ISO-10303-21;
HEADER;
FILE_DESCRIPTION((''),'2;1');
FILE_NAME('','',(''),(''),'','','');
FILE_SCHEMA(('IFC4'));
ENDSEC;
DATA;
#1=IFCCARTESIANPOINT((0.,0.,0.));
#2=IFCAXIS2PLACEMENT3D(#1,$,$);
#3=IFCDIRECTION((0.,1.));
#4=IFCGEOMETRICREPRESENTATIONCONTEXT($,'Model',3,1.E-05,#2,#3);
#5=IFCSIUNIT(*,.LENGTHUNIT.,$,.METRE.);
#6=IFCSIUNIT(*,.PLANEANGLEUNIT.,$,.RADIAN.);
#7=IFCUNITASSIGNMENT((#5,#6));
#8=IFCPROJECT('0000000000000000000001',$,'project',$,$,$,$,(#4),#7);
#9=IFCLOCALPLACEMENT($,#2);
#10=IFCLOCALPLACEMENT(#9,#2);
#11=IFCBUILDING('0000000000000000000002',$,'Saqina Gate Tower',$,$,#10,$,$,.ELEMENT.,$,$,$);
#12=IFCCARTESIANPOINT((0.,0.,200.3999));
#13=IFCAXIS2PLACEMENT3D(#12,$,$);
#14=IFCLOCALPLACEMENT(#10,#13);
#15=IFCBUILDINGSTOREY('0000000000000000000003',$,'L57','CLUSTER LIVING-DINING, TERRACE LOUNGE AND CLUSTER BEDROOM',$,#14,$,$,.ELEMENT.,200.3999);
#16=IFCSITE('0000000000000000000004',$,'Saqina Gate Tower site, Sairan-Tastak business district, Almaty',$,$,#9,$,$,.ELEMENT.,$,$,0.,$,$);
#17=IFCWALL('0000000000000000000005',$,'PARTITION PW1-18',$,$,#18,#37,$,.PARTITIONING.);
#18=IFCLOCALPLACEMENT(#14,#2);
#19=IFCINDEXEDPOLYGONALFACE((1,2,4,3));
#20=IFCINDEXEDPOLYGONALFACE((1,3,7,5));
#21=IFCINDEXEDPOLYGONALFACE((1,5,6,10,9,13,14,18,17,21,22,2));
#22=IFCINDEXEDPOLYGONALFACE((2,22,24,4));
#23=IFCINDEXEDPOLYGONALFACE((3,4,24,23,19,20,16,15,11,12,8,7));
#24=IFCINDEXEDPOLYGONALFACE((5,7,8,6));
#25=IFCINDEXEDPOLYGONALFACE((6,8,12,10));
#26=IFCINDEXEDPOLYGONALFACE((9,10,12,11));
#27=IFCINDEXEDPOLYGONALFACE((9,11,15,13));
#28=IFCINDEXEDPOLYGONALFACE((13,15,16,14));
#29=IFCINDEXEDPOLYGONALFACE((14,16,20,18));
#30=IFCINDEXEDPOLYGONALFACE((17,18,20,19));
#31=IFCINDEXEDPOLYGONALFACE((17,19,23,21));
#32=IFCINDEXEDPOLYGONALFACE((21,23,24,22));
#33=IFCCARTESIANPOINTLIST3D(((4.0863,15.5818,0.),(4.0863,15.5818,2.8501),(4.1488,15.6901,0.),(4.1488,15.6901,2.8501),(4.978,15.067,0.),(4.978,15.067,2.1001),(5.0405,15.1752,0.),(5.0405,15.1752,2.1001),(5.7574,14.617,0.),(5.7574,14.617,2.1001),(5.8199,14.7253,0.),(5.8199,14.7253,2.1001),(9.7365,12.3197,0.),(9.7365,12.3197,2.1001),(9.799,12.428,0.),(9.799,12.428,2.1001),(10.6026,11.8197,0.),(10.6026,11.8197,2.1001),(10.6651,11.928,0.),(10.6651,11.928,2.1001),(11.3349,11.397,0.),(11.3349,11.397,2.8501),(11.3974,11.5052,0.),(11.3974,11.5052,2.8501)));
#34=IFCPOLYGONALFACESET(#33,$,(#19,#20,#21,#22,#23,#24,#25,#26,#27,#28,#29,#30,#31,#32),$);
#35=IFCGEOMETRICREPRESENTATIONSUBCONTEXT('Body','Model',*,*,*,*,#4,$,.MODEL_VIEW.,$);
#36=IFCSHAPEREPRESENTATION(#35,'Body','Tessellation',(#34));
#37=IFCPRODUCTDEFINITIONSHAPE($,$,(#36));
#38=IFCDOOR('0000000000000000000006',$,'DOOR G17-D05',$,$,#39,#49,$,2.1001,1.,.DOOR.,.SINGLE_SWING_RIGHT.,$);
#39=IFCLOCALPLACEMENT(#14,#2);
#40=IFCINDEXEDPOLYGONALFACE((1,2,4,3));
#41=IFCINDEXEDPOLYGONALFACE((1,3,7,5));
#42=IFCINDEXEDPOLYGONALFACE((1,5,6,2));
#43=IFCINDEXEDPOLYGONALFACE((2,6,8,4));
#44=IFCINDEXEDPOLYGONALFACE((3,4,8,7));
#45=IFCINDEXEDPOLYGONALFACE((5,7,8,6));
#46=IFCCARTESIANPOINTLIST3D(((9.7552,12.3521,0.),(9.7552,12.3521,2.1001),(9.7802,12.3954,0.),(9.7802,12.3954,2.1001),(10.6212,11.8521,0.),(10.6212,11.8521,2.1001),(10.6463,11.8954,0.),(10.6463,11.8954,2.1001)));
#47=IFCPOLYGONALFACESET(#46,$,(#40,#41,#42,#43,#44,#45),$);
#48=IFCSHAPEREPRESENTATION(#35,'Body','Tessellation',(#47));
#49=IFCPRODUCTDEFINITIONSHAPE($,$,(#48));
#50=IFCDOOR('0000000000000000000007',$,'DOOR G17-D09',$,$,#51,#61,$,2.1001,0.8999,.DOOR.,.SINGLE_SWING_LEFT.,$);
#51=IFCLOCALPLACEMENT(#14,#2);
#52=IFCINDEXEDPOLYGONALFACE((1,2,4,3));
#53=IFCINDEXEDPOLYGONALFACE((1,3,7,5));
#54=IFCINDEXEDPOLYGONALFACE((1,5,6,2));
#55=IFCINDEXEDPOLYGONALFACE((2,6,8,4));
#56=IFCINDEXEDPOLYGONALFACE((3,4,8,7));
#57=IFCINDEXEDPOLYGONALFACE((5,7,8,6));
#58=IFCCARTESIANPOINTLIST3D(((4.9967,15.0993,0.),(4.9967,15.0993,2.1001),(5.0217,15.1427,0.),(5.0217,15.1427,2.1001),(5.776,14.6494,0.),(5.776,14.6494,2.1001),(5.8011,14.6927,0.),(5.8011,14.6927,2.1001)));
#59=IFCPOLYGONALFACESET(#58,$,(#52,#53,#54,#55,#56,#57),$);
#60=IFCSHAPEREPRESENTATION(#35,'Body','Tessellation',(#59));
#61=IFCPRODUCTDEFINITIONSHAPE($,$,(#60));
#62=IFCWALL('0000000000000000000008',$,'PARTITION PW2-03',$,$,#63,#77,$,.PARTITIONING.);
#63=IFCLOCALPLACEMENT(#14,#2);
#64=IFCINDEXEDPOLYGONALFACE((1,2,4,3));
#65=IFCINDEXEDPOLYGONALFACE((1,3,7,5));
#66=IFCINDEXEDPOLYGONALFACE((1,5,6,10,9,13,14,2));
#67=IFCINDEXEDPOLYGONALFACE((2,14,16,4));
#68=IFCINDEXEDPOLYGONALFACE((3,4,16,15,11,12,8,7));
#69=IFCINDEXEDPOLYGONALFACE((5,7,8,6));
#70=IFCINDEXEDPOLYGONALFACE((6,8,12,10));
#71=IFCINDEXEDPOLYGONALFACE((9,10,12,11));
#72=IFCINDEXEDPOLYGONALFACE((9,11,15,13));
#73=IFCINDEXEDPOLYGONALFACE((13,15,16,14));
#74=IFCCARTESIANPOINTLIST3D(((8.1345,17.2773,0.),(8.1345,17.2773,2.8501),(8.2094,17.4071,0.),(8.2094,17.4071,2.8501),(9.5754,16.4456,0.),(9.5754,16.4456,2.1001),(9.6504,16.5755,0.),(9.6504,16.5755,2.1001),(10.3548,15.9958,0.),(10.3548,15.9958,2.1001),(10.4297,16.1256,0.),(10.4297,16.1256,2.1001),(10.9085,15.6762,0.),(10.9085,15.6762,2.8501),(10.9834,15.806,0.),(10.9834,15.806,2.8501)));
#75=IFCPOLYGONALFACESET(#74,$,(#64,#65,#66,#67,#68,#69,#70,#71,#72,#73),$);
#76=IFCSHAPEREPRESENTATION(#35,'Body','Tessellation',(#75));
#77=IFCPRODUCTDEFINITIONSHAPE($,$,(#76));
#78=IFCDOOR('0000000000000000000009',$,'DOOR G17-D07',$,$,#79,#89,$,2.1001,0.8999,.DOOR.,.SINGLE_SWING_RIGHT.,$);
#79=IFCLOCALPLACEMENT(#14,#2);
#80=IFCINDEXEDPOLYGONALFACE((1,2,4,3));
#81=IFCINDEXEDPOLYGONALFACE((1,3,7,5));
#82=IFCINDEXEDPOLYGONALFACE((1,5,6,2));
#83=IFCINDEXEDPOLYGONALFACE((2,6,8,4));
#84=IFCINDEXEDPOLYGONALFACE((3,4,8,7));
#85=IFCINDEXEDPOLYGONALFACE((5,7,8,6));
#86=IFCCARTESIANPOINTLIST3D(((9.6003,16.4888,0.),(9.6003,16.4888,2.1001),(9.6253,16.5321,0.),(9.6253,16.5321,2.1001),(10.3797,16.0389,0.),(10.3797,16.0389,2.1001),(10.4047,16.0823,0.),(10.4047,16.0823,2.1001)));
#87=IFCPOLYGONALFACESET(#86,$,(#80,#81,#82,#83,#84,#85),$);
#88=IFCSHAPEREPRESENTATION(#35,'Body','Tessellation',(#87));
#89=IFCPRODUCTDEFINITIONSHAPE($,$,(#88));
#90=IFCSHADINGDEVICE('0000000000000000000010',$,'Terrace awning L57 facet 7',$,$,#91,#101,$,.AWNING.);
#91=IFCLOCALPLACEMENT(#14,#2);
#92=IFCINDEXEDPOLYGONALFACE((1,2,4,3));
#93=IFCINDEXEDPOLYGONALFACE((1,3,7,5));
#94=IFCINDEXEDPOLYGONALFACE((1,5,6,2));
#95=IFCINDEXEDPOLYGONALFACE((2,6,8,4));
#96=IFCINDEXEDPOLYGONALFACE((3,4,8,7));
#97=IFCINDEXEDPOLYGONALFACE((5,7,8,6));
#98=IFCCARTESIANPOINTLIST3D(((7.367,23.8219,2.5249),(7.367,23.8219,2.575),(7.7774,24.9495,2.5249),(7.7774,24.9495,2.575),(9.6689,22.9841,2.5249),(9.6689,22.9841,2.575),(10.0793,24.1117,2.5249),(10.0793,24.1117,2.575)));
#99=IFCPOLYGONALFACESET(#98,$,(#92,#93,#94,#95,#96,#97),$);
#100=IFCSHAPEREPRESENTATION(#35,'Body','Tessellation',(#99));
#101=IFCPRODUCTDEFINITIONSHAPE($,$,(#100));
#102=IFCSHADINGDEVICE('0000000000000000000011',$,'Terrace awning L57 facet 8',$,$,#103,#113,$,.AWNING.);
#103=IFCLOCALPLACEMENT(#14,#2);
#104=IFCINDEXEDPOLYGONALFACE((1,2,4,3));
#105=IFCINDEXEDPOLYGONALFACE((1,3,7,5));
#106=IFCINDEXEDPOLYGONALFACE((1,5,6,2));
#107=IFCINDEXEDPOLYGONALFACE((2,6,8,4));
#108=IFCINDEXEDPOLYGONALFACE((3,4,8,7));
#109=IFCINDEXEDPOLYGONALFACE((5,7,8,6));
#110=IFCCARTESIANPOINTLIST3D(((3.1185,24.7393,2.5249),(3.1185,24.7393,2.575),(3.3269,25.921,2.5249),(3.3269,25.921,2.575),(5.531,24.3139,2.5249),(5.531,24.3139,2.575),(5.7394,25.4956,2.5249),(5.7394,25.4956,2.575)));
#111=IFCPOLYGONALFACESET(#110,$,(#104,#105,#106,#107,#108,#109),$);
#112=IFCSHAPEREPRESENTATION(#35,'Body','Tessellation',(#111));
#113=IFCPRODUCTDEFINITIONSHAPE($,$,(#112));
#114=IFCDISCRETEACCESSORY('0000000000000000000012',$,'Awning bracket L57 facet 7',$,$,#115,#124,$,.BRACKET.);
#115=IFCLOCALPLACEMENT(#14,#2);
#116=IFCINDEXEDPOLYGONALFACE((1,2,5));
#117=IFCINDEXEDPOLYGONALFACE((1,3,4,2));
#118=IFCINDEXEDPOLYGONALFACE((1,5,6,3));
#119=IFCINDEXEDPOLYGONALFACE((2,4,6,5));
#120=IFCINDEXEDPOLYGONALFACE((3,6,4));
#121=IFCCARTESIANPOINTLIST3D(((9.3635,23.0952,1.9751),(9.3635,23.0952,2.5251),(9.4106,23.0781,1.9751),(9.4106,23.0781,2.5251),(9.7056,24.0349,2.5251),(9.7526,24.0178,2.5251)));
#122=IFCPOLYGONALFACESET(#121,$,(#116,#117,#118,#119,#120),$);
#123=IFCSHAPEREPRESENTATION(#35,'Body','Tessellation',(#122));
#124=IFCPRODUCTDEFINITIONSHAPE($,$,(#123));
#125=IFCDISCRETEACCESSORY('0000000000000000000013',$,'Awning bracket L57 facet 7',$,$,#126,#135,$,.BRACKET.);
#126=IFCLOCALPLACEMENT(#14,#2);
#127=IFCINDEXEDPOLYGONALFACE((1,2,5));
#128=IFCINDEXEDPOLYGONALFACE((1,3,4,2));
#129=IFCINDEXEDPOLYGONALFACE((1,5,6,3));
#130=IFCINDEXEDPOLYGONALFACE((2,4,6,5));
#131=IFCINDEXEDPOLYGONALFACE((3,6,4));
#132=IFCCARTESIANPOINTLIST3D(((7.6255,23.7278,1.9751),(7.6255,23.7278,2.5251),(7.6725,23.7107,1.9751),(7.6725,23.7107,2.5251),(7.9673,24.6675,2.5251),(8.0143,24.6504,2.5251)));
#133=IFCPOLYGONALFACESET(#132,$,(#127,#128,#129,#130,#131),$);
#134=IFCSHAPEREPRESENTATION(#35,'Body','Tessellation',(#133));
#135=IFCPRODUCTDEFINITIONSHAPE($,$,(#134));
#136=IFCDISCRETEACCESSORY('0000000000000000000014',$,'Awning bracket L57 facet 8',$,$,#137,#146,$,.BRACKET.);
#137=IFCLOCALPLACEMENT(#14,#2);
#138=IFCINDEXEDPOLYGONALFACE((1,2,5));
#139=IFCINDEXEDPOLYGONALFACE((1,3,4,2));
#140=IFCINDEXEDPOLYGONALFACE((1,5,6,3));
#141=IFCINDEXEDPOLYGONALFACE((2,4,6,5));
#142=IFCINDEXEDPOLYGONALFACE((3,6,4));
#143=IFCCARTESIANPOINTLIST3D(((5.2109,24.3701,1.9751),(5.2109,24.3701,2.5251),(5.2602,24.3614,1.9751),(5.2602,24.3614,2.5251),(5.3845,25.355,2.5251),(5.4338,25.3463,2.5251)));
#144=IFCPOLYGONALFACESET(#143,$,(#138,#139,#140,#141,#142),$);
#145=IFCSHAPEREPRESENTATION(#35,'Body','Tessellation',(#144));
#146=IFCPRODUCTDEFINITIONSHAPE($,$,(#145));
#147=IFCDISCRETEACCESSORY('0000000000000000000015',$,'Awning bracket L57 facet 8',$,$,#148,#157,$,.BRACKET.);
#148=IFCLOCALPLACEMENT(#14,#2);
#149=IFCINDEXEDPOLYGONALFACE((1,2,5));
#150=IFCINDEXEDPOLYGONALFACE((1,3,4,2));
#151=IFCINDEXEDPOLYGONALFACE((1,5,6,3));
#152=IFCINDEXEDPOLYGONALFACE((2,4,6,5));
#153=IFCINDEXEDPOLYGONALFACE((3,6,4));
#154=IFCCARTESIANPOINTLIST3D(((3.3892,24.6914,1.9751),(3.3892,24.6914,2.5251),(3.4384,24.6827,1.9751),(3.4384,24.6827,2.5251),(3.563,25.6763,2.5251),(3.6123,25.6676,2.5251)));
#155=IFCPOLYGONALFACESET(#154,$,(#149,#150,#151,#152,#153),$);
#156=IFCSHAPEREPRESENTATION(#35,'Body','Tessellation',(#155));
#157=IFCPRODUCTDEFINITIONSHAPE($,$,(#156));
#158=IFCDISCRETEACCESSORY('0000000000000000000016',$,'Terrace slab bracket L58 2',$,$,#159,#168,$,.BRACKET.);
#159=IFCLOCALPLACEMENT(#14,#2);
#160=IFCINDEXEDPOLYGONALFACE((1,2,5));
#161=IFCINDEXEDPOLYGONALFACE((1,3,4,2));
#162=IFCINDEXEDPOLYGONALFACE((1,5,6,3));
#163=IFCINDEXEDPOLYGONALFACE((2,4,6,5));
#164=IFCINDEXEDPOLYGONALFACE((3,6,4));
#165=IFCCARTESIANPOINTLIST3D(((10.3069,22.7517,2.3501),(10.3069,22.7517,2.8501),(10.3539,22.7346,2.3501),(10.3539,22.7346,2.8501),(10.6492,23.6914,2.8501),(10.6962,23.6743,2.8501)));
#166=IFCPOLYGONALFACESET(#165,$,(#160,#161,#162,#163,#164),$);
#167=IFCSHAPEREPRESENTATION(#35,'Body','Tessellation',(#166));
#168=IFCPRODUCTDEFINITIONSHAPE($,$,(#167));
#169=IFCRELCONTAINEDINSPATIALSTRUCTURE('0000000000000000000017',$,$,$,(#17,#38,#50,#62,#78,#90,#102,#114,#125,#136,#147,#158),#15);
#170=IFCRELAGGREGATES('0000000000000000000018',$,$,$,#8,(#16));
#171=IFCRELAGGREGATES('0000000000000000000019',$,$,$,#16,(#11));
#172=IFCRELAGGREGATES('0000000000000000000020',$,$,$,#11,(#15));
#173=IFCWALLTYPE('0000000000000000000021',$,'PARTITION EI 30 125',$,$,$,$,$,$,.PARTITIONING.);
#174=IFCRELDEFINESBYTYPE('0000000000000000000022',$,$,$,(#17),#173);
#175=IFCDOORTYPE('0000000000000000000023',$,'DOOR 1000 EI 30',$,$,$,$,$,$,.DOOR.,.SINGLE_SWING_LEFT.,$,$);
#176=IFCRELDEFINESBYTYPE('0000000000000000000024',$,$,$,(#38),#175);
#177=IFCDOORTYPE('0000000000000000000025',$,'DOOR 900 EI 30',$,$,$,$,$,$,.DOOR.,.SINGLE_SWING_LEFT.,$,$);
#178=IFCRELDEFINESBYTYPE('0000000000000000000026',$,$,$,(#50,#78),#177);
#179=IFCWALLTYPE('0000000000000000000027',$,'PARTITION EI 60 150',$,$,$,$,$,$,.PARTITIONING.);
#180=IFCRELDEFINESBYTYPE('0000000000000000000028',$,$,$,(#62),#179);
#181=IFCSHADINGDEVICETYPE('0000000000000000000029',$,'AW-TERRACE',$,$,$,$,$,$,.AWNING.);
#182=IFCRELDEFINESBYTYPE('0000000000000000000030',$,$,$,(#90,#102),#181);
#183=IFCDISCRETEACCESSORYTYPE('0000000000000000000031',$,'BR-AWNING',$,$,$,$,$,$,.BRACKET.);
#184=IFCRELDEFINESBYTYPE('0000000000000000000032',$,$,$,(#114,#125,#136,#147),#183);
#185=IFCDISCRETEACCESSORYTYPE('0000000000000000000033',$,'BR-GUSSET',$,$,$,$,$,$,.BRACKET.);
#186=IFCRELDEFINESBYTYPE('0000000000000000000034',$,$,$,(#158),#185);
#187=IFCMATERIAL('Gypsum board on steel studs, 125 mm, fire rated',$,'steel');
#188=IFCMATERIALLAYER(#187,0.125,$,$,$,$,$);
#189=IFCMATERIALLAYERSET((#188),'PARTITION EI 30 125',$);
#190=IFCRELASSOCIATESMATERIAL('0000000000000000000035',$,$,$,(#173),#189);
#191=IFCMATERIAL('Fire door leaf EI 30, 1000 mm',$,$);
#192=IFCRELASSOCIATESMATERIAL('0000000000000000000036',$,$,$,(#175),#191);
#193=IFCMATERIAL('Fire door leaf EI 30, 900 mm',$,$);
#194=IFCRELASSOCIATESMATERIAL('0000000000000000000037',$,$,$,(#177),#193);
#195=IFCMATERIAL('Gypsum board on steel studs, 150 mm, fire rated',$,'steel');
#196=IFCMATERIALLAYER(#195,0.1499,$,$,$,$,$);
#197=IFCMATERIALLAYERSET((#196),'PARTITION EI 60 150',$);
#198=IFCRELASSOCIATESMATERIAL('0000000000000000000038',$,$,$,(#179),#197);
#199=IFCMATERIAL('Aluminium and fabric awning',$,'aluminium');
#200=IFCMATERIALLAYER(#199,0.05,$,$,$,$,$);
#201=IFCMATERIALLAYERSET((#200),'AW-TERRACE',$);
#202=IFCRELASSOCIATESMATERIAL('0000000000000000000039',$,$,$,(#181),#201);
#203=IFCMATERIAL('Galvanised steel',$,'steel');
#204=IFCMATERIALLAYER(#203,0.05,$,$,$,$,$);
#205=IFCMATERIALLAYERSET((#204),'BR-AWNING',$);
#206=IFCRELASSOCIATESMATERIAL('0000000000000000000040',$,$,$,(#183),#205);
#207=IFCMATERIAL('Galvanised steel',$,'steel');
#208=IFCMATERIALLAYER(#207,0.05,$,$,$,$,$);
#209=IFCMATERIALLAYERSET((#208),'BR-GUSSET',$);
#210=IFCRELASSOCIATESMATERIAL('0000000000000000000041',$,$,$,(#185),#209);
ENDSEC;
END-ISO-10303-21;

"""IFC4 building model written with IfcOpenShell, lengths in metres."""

from ifc_helpers import new_model, si_unit, direction, frame, frame_2d, origin, origin_2d, place, context, subcontext, project, spatial, polyline, rectangle, outline, extrude, material, layer, layer_set, type_object, element, fill, save


model = new_model("IFC4")

# Units and contexts
model_context = context("Model", 3, precision=1e-05, world=origin(), true_north=direction((0.0, 1.0)))
body_context = subcontext(model_context, "Body", "Model", "MODEL_VIEW")
ifc_project = project(units=[si_unit("LENGTHUNIT", "METRE"), si_unit("PLANEANGLEUNIT", "RADIAN")], contexts=[model_context])

# Site, building, storey
site_placement = place(None, origin())
site = spatial("IfcSite", under=ifc_project, at=site_placement, Name="Saqina Gate Tower site, Sairan-Tastak business district, Almaty", CompositionType="ELEMENT", RefElevation=0.0)
building_placement = place(site_placement, origin())
building = spatial("IfcBuilding", under=site, at=building_placement, Name="Saqina Gate Tower", CompositionType="ELEMENT")
storey_placement = place(building_placement, frame((0.0, 0.0, 200.3999)))
storey = spatial("IfcBuildingStorey", under=building, at=storey_placement, Name="L57", Description="CLUSTER LIVING-DINING, TERRACE LOUNGE AND CLUSTER BEDROOM", CompositionType="ELEMENT", Elevation=200.3999)

# Wall, openings, doors
ifc_material_1 = material(Name="Gypsum board on steel studs, 125 mm, fire rated", Category="steel")
ifc_layer_1 = layer(ifc_material_1, 0.125)
ifc_layer_set_1 = layer_set([ifc_layer_1], Name="PARTITION EI 30 125")
wall_type_1 = type_object("IfcWallType", Name="PARTITION EI 30 125", PredefinedType="PARTITIONING", material=ifc_layer_set_1)
wall_1_placement = place(storey_placement, frame((4.1174, 15.636, 0.0), z_axis=(0.0, 0.0, 1.0), x_axis=(0.866032, -0.499988, 0.0)))
wall_1 = element("IfcWall", 1, at=wall_1_placement, inside=storey, type_object=wall_type_1, Name="PARTITION PW1-18", PredefinedType="PARTITIONING", context=body_context, shape_type="SweptSolid", body=[
    extrude(rectangle(XDim=8.3699, YDim=0.125, at=frame_2d((4.1851, 0.0))), origin(), (0.0, 0.0, 1.0), 2.8501),
])
opening_1_placement = place(wall_1_placement, frame((6.5244, 0.0, 0.0)))
opening_1 = element("IfcOpeningElement", 2, at=opening_1_placement, cuts=wall_1, PredefinedType="OPENING", context=body_context, shape_type="SweptSolid", body=[
    extrude(rectangle(XDim=1.0, YDim=2.1001, at=frame_2d((0.5, 1.05))), frame((0.0, 0.0745, 0.0), z_axis=(0.0, -1.0, 0.0), x_axis=(1.0, 0.0, 0.0)), (0.0, 0.0, 1.0), 0.1489),
])
opening_2_placement = place(wall_1_placement, frame((1.0298, 0.0, 0.0)))
opening_2 = element("IfcOpeningElement", 3, at=opening_2_placement, cuts=wall_1, PredefinedType="OPENING", context=body_context, shape_type="SweptSolid", body=[
    extrude(rectangle(XDim=0.8999, YDim=2.1001, at=frame_2d((0.45, 1.05))), frame((0.0, 0.0745, 0.0), z_axis=(0.0, -1.0, 0.0), x_axis=(1.0, 0.0, 0.0)), (0.0, 0.0, 1.0), 0.1489),
])
ifc_material_2 = material(Name="Fire door leaf EI 30, 1000 mm")
door_type_1 = type_object("IfcDoorType", Name="DOOR 1000 EI 30", OperationType="SINGLE_SWING_LEFT", PredefinedType="DOOR", material=ifc_material_2)
door_1_placement = place(opening_1_placement, origin())
door_1 = element("IfcDoor", 4, at=door_1_placement, inside=storey, type_object=door_type_1, Name="DOOR G17-D05", OperationType="SINGLE_SWING_RIGHT", OverallHeight=2.1001, OverallWidth=1.0, PredefinedType="DOOR", context=body_context, shape_type="SweptSolid", body=[
    extrude(rectangle(XDim=1.0, YDim=2.1001, at=frame_2d((0.5, 1.05))), frame((0.0, 0.0249, 0.0), z_axis=(0.0, -1.0, 0.0), x_axis=(1.0, 0.0, 0.0)), (0.0, 0.0, 1.0), 0.05),
])
fill(opening_1, door_1)
ifc_material_3 = material(Name="Fire door leaf EI 30, 900 mm")
door_type_2 = type_object("IfcDoorType", Name="DOOR 900 EI 30", OperationType="SINGLE_SWING_LEFT", PredefinedType="DOOR", material=ifc_material_3)
door_2_placement = place(opening_2_placement, origin())
door_2 = element("IfcDoor", 5, at=door_2_placement, inside=storey, type_object=door_type_2, Name="DOOR G17-D09", OperationType="SINGLE_SWING_LEFT", OverallHeight=2.1001, OverallWidth=0.8999, PredefinedType="DOOR", context=body_context, shape_type="SweptSolid", body=[
    extrude(rectangle(XDim=0.8999, YDim=2.1001, at=frame_2d((0.45, 1.05))), frame((0.0, 0.0249, 0.0), z_axis=(0.0, -1.0, 0.0), x_axis=(1.0, 0.0, 0.0)), (0.0, 0.0, 1.0), 0.05),
])
fill(opening_2, door_2)

# Wall, opening, door
ifc_material_4 = material(Name="Gypsum board on steel studs, 150 mm, fire rated", Category="steel")
ifc_layer_2 = layer(ifc_material_4, 0.1499)
ifc_layer_set_2 = layer_set([ifc_layer_2], Name="PARTITION EI 60 150")
wall_type_2 = type_object("IfcWallType", Name="PARTITION EI 60 150", PredefinedType="PARTITIONING", material=ifc_layer_set_2)
wall_2_placement = place(storey_placement, frame((8.1719, 17.3423, 0.0), z_axis=(0.0, 0.0, 1.0), x_axis=(0.866087, -0.499894, 0.0)))
wall_2 = element("IfcWall", 6, at=wall_2_placement, inside=storey, type_object=wall_type_2, Name="PARTITION PW2-03", PredefinedType="PARTITIONING", context=body_context, shape_type="SweptSolid", body=[
    extrude(rectangle(XDim=3.2029, YDim=0.1499, at=frame_2d((1.6016, 0.0))), origin(), (0.0, 0.0, 1.0), 2.8501),
])
opening_3_placement = place(wall_2_placement, frame((1.6638, 0.0, 0.0)))
opening_3 = element("IfcOpeningElement", 7, at=opening_3_placement, cuts=wall_2, PredefinedType="OPENING", context=body_context, shape_type="SweptSolid", body=[
    extrude(rectangle(XDim=0.8999, YDim=2.1001, at=frame_2d((0.45, 1.05))), frame((0.0, 0.0869, 0.0), z_axis=(0.0, -1.0, 0.0), x_axis=(1.0, 0.0, 0.0)), (0.0, 0.0, 1.0), 0.1738),
])
door_3_placement = place(opening_3_placement, origin())
door_3 = element("IfcDoor", 8, at=door_3_placement, inside=storey, type_object=door_type_2, Name="DOOR G17-D07", OperationType="SINGLE_SWING_RIGHT", OverallHeight=2.1001, OverallWidth=0.8999, PredefinedType="DOOR", context=body_context, shape_type="SweptSolid", body=[
    extrude(rectangle(XDim=0.8999, YDim=2.1001, at=frame_2d((0.45, 1.05))), frame((0.0, 0.0249, 0.0), z_axis=(0.0, -1.0, 0.0), x_axis=(1.0, 0.0, 0.0)), (0.0, 0.0, 1.0), 0.05),
])
fill(opening_3, door_3)

# Shading devices
ifc_material_5 = material(Name="Aluminium and fabric awning", Category="aluminium")
ifc_layer_3 = layer(ifc_material_5, 0.05)
ifc_layer_set_3 = layer_set([ifc_layer_3], Name="AW-TERRACE")
shading_device_type = type_object("IfcShadingDeviceType", Name="AW-TERRACE", PredefinedType="AWNING", material=ifc_layer_set_3)
for number, where, z_axis, x_axis, name in (
    (9, (8.7231, 23.9668, 2.5249), (0.0, 0.0, 1.0), (-0.939693, 0.34202, 0.0), "Terrace awning L57 facet 7"),
    (10, (4.429, 25.1174, 2.5249), (0.0, 0.0, 1.0), (-0.984808, 0.173648, 0.0), "Terrace awning L57 facet 8"),
):
    element("IfcShadingDevice", number, at=place(storey_placement, frame(where, z_axis=z_axis, x_axis=x_axis)), inside=storey, type_object=shading_device_type, Name=name, PredefinedType="AWNING", context=body_context, shape_type="SweptSolid", body=[
        extrude(rectangle(XDim=2.4497, YDim=1.2, at=origin_2d()), origin(), (0.0, 0.0, 1.0), 0.05),
    ])

# Discrete accessories
ifc_material_6 = material(Name="Galvanised steel", Category="steel")
ifc_layer_4 = layer(ifc_material_6, 0.05)
ifc_layer_set_4 = layer_set([ifc_layer_4], Name="BR-AWNING")
discrete_accessory_type_1 = type_object("IfcDiscreteAccessoryType", Name="BR-AWNING", PredefinedType="BRACKET", material=ifc_layer_set_4)
discrete_accessory_1_placement = place(storey_placement, frame((9.3635, 23.0952, 1.9751), z_axis=(-0.939686, 0.342037, 0.0), x_axis=(0.0, 0.0, 1.0)))
element("IfcDiscreteAccessory", 11, at=discrete_accessory_1_placement, inside=storey, type_object=discrete_accessory_type_1, Name="Awning bracket L57 facet 7", PredefinedType="BRACKET", context=body_context, shape_type="SweptSolid", body=[
    extrude(outline(polyline([(0.0, 0.0), (0.55, 0.0), (0.55, 1.0), (0.0, 0.0)])), origin(), (0.0, 0.0, -1.0), 0.05),
])
discrete_accessory_2_placement = place(storey_placement, frame((7.6255, 23.7278, 1.9751), z_axis=(-0.939765, 0.341821, 0.0), x_axis=(0.0, 0.0, 1.0)))
element("IfcDiscreteAccessory", 12, at=discrete_accessory_2_placement, inside=storey, type_object=discrete_accessory_type_1, Name="Awning bracket L57 facet 7", PredefinedType="BRACKET", context=body_context, shape_type="SweptSolid", body=[
    extrude(outline(polyline([(0.0, 0.0), (0.55, 0.0), (0.55, 0.9999), (0.0, 0.0)])), origin(), (0.0, 0.0, -1.0), 0.05),
])
discrete_accessory_3_placement = place(storey_placement, frame((5.2109, 24.3701, 1.9751), z_axis=(-0.98482, 0.173576, 0.0), x_axis=(0.0, 0.0, 1.0)))
element("IfcDiscreteAccessory", 13, at=discrete_accessory_3_placement, inside=storey, type_object=discrete_accessory_type_1, Name="Awning bracket L57 facet 8", PredefinedType="BRACKET", context=body_context, shape_type="SweptSolid", body=[
    extrude(outline(polyline([(0.0, 0.0), (0.55, 0.0), (0.55, 1.0), (0.0, 0.0)])), origin(), (0.0, 0.0, -1.0), 0.05),
])
discrete_accessory_4_placement = place(storey_placement, frame((3.3892, 24.6914, 1.9751), z_axis=(-0.984779, 0.173813, 0.0), x_axis=(0.0, 0.0, 1.0)))
element("IfcDiscreteAccessory", 14, at=discrete_accessory_4_placement, inside=storey, type_object=discrete_accessory_type_1, Name="Awning bracket L57 facet 8", PredefinedType="BRACKET", context=body_context, shape_type="SweptSolid", body=[
    extrude(outline(polyline([(0.0, 0.0), (0.55, 0.0), (0.55, 1.0001), (0.0, 0.0)])), origin(), (0.0, 0.0, -1.0), 0.05),
])
ifc_material_7 = material(Name="Galvanised steel", Category="steel")
ifc_layer_5 = layer(ifc_material_7, 0.05)
ifc_layer_set_5 = layer_set([ifc_layer_5], Name="BR-GUSSET")
discrete_accessory_type_2 = type_object("IfcDiscreteAccessoryType", Name="BR-GUSSET", PredefinedType="BRACKET", material=ifc_layer_set_5)
discrete_accessory_5_placement = place(storey_placement, frame((10.3069, 22.7517, 2.3501), z_axis=(-0.939608, 0.342253, 0.0), x_axis=(0.0, 0.0, 1.0)))
element("IfcDiscreteAccessory", 15, at=discrete_accessory_5_placement, inside=storey, type_object=discrete_accessory_type_2, Name="Terrace slab bracket L58 2", PredefinedType="BRACKET", context=body_context, shape_type="SweptSolid", body=[
    extrude(outline(polyline([(0.0, 0.0), (0.5, 0.0), (0.5, 1.0001), (0.0, 0.0)])), origin(), (0.0, 0.0, -1.0), 0.05),
])

save(model, "model.ifc")
